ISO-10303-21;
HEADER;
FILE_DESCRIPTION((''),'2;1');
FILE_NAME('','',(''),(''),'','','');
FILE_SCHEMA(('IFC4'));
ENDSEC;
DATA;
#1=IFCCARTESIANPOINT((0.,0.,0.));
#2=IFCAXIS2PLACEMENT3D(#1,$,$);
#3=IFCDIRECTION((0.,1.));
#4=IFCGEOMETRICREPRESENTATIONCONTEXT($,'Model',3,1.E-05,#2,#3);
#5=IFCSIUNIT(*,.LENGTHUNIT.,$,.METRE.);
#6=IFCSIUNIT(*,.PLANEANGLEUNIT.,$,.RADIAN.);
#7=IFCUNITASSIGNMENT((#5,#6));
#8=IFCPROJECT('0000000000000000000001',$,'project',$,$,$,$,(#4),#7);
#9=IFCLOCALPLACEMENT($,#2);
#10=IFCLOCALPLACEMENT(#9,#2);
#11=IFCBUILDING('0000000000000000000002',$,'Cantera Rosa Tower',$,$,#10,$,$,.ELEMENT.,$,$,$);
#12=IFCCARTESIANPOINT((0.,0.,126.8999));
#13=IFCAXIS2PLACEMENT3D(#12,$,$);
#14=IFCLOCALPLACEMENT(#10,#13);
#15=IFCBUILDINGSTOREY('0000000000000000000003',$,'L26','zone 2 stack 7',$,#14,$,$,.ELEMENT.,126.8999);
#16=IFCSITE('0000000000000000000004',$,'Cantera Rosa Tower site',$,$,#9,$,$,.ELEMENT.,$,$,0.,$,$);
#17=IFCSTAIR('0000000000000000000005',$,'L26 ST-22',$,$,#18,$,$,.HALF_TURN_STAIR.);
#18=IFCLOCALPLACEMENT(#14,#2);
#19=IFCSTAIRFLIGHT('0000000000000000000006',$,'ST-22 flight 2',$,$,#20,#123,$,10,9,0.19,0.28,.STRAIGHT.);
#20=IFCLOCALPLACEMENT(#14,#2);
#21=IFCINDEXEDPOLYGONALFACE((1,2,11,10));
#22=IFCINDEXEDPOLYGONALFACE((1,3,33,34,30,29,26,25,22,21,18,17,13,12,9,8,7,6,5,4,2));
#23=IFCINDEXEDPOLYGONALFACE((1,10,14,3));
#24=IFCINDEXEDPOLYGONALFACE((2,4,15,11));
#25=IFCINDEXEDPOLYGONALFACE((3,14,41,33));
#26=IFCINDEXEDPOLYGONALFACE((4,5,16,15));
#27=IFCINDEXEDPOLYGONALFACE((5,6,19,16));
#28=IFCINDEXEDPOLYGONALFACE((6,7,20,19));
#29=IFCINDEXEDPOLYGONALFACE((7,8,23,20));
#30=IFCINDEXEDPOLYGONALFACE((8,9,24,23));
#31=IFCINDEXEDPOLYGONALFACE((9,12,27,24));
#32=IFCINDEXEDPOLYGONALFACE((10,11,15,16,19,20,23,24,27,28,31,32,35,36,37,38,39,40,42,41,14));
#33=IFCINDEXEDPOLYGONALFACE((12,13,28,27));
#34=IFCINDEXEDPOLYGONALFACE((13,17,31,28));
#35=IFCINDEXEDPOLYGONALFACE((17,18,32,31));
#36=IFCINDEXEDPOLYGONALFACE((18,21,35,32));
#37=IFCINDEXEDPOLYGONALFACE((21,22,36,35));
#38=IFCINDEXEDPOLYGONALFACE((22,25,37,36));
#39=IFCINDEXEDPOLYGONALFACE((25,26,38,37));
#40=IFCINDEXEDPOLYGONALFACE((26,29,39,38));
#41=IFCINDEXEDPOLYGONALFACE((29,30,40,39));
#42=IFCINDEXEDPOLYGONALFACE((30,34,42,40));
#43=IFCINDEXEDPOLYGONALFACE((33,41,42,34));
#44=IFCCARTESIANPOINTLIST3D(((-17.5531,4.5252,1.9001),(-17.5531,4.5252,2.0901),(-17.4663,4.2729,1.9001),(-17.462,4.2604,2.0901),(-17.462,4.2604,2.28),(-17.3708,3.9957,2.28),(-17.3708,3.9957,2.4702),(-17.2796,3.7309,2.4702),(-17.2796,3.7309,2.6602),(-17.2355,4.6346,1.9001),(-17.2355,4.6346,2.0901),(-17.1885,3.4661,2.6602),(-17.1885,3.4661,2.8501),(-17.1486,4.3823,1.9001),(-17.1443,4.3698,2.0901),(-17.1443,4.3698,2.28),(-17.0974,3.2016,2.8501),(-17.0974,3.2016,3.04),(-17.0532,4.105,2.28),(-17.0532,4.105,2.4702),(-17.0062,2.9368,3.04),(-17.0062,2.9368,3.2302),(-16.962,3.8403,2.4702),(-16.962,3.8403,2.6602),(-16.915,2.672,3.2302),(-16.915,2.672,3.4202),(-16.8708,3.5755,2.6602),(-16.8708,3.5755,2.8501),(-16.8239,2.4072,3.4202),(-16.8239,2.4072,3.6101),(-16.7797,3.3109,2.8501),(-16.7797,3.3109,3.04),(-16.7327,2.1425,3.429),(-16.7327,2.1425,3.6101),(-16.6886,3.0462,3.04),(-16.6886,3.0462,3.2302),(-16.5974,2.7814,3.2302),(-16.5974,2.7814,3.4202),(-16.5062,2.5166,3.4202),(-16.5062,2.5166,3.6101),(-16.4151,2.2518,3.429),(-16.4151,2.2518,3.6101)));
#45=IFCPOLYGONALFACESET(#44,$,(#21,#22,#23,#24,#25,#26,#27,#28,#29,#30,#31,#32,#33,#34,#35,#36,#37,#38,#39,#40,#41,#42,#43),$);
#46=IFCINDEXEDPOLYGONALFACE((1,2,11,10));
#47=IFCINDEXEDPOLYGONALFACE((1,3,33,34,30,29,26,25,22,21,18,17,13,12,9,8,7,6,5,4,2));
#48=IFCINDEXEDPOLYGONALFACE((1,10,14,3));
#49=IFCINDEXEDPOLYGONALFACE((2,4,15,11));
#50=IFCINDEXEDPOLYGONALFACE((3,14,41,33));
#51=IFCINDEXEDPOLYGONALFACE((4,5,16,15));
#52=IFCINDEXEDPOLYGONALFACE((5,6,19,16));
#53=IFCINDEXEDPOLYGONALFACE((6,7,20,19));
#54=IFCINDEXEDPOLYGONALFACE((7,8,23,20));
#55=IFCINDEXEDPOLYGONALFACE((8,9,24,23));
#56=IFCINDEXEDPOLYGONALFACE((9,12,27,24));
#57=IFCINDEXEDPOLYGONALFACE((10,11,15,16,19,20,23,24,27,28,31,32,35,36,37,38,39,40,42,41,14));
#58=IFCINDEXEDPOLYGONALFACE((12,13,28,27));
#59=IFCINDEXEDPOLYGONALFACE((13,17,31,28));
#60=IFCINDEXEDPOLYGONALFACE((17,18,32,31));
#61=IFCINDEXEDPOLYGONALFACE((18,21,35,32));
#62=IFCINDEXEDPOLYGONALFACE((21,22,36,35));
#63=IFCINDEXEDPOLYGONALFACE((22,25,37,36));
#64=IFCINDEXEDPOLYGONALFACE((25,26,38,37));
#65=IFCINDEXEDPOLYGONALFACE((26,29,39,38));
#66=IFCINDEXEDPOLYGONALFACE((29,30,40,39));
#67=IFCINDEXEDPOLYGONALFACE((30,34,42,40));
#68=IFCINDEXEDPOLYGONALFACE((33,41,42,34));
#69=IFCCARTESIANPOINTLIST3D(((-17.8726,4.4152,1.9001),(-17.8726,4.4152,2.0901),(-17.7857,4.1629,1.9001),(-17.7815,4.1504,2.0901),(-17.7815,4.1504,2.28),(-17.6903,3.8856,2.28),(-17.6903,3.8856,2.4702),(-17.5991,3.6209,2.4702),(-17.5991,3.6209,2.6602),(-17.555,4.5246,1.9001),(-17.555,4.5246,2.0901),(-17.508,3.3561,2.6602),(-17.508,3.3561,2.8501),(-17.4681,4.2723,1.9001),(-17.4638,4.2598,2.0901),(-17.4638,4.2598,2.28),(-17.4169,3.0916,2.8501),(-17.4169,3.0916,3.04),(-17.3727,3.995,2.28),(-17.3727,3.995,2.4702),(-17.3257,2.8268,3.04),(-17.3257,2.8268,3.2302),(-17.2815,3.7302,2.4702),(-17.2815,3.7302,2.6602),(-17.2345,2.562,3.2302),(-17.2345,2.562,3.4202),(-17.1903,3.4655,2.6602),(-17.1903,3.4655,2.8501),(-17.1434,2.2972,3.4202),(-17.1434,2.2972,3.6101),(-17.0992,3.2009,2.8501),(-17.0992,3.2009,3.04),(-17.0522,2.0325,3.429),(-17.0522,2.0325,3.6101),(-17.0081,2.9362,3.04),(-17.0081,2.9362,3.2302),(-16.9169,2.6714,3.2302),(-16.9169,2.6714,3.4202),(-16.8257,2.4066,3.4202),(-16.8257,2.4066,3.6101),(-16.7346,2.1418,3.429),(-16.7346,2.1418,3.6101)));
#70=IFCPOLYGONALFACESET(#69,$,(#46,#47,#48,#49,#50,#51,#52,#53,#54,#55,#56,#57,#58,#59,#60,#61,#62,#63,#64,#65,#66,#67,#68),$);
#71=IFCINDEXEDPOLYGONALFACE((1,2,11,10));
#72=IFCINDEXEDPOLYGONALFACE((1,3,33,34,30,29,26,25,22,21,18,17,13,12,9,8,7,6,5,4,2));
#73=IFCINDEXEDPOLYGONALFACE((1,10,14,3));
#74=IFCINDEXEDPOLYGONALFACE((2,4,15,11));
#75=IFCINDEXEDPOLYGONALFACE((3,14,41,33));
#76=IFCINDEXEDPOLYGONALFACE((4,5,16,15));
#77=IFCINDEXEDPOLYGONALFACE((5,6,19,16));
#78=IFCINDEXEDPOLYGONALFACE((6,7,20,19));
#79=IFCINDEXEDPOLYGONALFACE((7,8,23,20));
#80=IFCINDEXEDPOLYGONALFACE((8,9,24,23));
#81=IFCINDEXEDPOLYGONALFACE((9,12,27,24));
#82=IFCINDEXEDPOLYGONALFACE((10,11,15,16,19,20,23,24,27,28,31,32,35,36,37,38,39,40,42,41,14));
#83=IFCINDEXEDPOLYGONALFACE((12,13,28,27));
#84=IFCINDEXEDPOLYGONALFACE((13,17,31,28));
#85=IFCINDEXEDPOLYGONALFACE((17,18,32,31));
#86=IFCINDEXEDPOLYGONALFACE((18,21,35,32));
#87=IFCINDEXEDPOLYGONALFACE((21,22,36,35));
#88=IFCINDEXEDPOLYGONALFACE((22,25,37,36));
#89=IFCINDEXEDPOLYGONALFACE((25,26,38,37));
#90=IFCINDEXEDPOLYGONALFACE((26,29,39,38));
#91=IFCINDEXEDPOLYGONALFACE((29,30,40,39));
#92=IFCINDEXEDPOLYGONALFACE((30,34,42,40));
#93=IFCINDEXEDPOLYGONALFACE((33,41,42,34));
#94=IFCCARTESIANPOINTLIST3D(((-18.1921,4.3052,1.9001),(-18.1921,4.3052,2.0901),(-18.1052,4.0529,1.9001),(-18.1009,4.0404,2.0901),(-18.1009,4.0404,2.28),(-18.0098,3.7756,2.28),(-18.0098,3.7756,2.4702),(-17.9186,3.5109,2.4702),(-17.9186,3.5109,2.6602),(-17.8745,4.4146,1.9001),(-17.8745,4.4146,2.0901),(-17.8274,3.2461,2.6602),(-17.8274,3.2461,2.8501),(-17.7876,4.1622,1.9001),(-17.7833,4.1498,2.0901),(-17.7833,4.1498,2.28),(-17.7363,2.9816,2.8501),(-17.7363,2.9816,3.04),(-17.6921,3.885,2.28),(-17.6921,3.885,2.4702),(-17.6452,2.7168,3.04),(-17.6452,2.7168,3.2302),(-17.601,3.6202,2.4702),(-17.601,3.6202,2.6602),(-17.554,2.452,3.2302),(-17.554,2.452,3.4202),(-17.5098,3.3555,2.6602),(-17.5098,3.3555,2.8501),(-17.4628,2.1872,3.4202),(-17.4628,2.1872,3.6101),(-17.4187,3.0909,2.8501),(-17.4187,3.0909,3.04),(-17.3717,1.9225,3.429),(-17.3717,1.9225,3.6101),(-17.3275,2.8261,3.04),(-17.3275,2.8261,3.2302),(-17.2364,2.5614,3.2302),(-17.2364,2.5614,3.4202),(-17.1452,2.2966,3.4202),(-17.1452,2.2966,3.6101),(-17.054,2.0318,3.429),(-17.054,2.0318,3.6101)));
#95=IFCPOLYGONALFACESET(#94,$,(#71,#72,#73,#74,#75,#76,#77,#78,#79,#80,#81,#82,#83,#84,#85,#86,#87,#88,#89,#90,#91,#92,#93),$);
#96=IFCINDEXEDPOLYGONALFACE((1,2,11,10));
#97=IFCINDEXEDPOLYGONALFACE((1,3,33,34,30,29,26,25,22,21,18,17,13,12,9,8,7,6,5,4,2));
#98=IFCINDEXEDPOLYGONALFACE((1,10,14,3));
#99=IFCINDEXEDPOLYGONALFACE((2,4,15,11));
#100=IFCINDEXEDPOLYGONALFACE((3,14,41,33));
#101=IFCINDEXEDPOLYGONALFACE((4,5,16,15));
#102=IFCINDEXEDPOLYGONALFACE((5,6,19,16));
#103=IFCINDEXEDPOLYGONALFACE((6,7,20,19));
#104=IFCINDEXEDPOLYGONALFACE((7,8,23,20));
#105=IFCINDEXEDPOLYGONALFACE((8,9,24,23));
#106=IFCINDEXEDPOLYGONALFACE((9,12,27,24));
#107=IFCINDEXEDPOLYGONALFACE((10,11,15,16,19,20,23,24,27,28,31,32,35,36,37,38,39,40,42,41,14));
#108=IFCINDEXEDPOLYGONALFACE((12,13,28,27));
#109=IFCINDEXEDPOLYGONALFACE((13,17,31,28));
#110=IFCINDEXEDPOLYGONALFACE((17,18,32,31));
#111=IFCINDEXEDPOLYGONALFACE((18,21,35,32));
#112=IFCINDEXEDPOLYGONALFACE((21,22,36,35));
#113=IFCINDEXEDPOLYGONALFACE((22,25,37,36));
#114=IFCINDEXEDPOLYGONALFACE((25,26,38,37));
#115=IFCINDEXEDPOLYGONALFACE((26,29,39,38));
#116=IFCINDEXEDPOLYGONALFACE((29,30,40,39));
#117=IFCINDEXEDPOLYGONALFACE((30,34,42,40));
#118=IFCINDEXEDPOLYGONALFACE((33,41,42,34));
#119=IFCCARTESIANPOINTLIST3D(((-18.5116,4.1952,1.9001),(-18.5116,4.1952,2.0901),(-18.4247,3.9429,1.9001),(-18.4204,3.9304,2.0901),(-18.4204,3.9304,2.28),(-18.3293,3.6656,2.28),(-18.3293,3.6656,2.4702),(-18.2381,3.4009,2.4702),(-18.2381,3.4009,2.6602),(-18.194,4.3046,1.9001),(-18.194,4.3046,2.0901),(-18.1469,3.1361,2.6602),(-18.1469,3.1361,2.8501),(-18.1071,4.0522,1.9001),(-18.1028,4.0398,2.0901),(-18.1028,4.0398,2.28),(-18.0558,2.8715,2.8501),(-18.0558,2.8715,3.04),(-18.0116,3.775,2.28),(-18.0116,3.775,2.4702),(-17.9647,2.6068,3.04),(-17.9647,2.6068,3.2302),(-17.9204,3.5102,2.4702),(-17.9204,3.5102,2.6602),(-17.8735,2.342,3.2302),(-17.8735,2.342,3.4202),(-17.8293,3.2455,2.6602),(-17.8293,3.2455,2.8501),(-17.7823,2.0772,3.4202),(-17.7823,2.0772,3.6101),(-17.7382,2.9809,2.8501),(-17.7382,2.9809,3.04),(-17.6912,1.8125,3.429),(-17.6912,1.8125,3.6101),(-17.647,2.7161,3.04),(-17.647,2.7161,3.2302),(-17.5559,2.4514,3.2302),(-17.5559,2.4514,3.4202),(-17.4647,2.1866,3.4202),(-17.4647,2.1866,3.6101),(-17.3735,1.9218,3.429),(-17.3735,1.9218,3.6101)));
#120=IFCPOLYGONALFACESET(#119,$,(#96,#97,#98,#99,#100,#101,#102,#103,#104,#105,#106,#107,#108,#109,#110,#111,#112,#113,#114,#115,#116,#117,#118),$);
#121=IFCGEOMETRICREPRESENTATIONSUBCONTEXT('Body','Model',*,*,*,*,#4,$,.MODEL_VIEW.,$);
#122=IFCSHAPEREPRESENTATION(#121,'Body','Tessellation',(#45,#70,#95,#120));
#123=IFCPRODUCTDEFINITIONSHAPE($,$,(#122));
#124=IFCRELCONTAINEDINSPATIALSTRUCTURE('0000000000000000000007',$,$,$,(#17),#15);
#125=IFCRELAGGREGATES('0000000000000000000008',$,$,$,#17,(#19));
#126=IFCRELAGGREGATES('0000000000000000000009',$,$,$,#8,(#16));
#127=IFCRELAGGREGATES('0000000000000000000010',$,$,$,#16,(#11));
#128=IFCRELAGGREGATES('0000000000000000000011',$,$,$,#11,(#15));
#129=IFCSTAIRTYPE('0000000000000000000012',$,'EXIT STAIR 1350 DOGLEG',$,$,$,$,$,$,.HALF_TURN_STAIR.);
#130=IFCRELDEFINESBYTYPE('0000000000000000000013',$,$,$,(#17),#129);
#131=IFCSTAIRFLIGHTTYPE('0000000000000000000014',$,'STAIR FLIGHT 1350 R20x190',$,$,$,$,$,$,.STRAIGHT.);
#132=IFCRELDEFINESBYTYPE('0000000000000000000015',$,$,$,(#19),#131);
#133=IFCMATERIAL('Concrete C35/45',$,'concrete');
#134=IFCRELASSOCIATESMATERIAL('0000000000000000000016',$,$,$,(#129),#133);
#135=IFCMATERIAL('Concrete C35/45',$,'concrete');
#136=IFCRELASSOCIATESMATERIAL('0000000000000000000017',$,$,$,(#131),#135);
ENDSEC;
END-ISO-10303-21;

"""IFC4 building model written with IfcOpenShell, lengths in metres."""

from ifc_helpers import new_model, si_unit, direction, frame, origin, place, context, subcontext, project, spatial, polyline, outline, extrude, material, type_object, element, aggregate, save


model = new_model("IFC4")

# Units and contexts
model_context = context("Model", 3, precision=1e-05, world=origin(), true_north=direction((0.0, 1.0)))
body_context = subcontext(model_context, "Body", "Model", "MODEL_VIEW")
ifc_project = project(units=[si_unit("LENGTHUNIT", "METRE"), si_unit("PLANEANGLEUNIT", "RADIAN")], contexts=[model_context])

# Site, building, storey
site_placement = place(None, origin())
site = spatial("IfcSite", under=ifc_project, at=site_placement, Name="Cantera Rosa Tower site", CompositionType="ELEMENT", RefElevation=0.0)
building_placement = place(site_placement, origin())
building = spatial("IfcBuilding", under=site, at=building_placement, Name="Cantera Rosa Tower", CompositionType="ELEMENT")
storey_placement = place(building_placement, frame((0.0, 0.0, 126.8999)))
storey = spatial("IfcBuildingStorey", under=building, at=storey_placement, Name="L26", Description="zone 2 stack 7", CompositionType="ELEMENT", Elevation=126.8999)

# Stair, stair flight
ifc_material_1 = material(Name="Concrete C35/45", Category="concrete")
stair_type = type_object("IfcStairType", Name="EXIT STAIR 1350 DOGLEG", PredefinedType="HALF_TURN_STAIR", material=ifc_material_1)
stair_placement = place(storey_placement, origin())
stair = element("IfcStair", 1, at=stair_placement, inside=storey, type_object=stair_type, Name="L26 ST-22", PredefinedType="HALF_TURN_STAIR")
ifc_material_2 = material(Name="Concrete C35/45", Category="concrete")
stair_flight_type = type_object("IfcStairFlightType", Name="STAIR FLIGHT 1350 R20x190", PredefinedType="STRAIGHT", material=ifc_material_2)
stair_flight_1_placement = place(storey_placement, frame((-17.8738, 4.4148, 1.9001), z_axis=(0.0, 0.0, 1.0), x_axis=(0.325568, -0.945519, 0.0)))
stair_flight_1 = element("IfcStairFlight", 2, at=stair_flight_1_placement, type_object=stair_flight_type, Name="ST-22 flight 2", NumberOfRisers=10, NumberOfTreads=9, PredefinedType="STRAIGHT", RiserHeight=0.19, TreadLength=0.28, context=body_context, shape_type="SweptSolid", body=[
    extrude(outline(polyline([(0.0, 0.0), (0.0, 0.1899), (0.28, 0.1899), (0.28, 0.3799), (0.5601, 0.3799), (0.5601, 0.5701), (0.8401, 0.5701), (0.8401, 0.76), (1.1201, 0.76), (1.1201, 0.95), (1.3999, 0.95), (1.3999, 1.1399), (1.6799, 1.1399), (1.6799, 1.3301), (1.96, 1.3301), (1.96, 1.52), (2.24, 1.52), (2.24, 1.71), (2.52, 1.71), (2.52, 1.8999), (2.52, 1.5288), (0.2668, 0.0), (0.0, 0.0)])), frame((0.0, 0.675, 0.0), z_axis=(0.0, -1.0, 0.0), x_axis=(1.0, 0.0, 0.0)), (0.0, 0.0, 1.0), 0.3359),
    extrude(outline(polyline([(0.0, 0.0), (0.0, 0.1899), (0.28, 0.1899), (0.28, 0.3799), (0.5601, 0.3799), (0.5601, 0.5701), (0.8401, 0.5701), (0.8401, 0.76), (1.1201, 0.76), (1.1201, 0.95), (1.3999, 0.95), (1.3999, 1.1399), (1.6799, 1.1399), (1.6799, 1.3301), (1.96, 1.3301), (1.96, 1.52), (2.24, 1.52), (2.24, 1.71), (2.52, 1.71), (2.52, 1.8999), (2.52, 1.5288), (0.2668, 0.0), (0.0, 0.0)])), frame((0.0, 0.3372, 0.0), z_axis=(0.0, -1.0, 0.0), x_axis=(1.0, 0.0, 0.0)), (0.0, 0.0, 1.0), 0.3359),
    extrude(outline(polyline([(0.0, 0.0), (0.0, 0.1899), (0.28, 0.1899), (0.28, 0.3799), (0.5601, 0.3799), (0.5601, 0.5701), (0.8401, 0.5701), (0.8401, 0.76), (1.1201, 0.76), (1.1201, 0.95), (1.3999, 0.95), (1.3999, 1.1399), (1.6799, 1.1399), (1.6799, 1.3301), (1.96, 1.3301), (1.96, 1.52), (2.24, 1.52), (2.24, 1.71), (2.52, 1.71), (2.52, 1.8999), (2.52, 1.5288), (0.2668, 0.0), (0.0, 0.0)])), frame((0.0, -0.0007, 0.0), z_axis=(0.0, -1.0, 0.0), x_axis=(1.0, 0.0, 0.0)), (0.0, 0.0, 1.0), 0.3359),
    extrude(outline(polyline([(0.0, 0.0), (0.0, 0.1899), (0.28, 0.1899), (0.28, 0.3799), (0.5601, 0.3799), (0.5601, 0.5701), (0.8401, 0.5701), (0.8401, 0.76), (1.1201, 0.76), (1.1201, 0.95), (1.3999, 0.95), (1.3999, 1.1399), (1.6799, 1.1399), (1.6799, 1.3301), (1.96, 1.3301), (1.96, 1.52), (2.24, 1.52), (2.24, 1.71), (2.52, 1.71), (2.52, 1.8999), (2.52, 1.5288), (0.2668, 0.0), (0.0, 0.0)])), frame((0.0, -0.3386, 0.0), z_axis=(0.0, -1.0, 0.0), x_axis=(1.0, 0.0, 0.0)), (0.0, 0.0, 1.0), 0.3359),
])
aggregate(stair, [stair_flight_1])

save(model, "model.ifc")
